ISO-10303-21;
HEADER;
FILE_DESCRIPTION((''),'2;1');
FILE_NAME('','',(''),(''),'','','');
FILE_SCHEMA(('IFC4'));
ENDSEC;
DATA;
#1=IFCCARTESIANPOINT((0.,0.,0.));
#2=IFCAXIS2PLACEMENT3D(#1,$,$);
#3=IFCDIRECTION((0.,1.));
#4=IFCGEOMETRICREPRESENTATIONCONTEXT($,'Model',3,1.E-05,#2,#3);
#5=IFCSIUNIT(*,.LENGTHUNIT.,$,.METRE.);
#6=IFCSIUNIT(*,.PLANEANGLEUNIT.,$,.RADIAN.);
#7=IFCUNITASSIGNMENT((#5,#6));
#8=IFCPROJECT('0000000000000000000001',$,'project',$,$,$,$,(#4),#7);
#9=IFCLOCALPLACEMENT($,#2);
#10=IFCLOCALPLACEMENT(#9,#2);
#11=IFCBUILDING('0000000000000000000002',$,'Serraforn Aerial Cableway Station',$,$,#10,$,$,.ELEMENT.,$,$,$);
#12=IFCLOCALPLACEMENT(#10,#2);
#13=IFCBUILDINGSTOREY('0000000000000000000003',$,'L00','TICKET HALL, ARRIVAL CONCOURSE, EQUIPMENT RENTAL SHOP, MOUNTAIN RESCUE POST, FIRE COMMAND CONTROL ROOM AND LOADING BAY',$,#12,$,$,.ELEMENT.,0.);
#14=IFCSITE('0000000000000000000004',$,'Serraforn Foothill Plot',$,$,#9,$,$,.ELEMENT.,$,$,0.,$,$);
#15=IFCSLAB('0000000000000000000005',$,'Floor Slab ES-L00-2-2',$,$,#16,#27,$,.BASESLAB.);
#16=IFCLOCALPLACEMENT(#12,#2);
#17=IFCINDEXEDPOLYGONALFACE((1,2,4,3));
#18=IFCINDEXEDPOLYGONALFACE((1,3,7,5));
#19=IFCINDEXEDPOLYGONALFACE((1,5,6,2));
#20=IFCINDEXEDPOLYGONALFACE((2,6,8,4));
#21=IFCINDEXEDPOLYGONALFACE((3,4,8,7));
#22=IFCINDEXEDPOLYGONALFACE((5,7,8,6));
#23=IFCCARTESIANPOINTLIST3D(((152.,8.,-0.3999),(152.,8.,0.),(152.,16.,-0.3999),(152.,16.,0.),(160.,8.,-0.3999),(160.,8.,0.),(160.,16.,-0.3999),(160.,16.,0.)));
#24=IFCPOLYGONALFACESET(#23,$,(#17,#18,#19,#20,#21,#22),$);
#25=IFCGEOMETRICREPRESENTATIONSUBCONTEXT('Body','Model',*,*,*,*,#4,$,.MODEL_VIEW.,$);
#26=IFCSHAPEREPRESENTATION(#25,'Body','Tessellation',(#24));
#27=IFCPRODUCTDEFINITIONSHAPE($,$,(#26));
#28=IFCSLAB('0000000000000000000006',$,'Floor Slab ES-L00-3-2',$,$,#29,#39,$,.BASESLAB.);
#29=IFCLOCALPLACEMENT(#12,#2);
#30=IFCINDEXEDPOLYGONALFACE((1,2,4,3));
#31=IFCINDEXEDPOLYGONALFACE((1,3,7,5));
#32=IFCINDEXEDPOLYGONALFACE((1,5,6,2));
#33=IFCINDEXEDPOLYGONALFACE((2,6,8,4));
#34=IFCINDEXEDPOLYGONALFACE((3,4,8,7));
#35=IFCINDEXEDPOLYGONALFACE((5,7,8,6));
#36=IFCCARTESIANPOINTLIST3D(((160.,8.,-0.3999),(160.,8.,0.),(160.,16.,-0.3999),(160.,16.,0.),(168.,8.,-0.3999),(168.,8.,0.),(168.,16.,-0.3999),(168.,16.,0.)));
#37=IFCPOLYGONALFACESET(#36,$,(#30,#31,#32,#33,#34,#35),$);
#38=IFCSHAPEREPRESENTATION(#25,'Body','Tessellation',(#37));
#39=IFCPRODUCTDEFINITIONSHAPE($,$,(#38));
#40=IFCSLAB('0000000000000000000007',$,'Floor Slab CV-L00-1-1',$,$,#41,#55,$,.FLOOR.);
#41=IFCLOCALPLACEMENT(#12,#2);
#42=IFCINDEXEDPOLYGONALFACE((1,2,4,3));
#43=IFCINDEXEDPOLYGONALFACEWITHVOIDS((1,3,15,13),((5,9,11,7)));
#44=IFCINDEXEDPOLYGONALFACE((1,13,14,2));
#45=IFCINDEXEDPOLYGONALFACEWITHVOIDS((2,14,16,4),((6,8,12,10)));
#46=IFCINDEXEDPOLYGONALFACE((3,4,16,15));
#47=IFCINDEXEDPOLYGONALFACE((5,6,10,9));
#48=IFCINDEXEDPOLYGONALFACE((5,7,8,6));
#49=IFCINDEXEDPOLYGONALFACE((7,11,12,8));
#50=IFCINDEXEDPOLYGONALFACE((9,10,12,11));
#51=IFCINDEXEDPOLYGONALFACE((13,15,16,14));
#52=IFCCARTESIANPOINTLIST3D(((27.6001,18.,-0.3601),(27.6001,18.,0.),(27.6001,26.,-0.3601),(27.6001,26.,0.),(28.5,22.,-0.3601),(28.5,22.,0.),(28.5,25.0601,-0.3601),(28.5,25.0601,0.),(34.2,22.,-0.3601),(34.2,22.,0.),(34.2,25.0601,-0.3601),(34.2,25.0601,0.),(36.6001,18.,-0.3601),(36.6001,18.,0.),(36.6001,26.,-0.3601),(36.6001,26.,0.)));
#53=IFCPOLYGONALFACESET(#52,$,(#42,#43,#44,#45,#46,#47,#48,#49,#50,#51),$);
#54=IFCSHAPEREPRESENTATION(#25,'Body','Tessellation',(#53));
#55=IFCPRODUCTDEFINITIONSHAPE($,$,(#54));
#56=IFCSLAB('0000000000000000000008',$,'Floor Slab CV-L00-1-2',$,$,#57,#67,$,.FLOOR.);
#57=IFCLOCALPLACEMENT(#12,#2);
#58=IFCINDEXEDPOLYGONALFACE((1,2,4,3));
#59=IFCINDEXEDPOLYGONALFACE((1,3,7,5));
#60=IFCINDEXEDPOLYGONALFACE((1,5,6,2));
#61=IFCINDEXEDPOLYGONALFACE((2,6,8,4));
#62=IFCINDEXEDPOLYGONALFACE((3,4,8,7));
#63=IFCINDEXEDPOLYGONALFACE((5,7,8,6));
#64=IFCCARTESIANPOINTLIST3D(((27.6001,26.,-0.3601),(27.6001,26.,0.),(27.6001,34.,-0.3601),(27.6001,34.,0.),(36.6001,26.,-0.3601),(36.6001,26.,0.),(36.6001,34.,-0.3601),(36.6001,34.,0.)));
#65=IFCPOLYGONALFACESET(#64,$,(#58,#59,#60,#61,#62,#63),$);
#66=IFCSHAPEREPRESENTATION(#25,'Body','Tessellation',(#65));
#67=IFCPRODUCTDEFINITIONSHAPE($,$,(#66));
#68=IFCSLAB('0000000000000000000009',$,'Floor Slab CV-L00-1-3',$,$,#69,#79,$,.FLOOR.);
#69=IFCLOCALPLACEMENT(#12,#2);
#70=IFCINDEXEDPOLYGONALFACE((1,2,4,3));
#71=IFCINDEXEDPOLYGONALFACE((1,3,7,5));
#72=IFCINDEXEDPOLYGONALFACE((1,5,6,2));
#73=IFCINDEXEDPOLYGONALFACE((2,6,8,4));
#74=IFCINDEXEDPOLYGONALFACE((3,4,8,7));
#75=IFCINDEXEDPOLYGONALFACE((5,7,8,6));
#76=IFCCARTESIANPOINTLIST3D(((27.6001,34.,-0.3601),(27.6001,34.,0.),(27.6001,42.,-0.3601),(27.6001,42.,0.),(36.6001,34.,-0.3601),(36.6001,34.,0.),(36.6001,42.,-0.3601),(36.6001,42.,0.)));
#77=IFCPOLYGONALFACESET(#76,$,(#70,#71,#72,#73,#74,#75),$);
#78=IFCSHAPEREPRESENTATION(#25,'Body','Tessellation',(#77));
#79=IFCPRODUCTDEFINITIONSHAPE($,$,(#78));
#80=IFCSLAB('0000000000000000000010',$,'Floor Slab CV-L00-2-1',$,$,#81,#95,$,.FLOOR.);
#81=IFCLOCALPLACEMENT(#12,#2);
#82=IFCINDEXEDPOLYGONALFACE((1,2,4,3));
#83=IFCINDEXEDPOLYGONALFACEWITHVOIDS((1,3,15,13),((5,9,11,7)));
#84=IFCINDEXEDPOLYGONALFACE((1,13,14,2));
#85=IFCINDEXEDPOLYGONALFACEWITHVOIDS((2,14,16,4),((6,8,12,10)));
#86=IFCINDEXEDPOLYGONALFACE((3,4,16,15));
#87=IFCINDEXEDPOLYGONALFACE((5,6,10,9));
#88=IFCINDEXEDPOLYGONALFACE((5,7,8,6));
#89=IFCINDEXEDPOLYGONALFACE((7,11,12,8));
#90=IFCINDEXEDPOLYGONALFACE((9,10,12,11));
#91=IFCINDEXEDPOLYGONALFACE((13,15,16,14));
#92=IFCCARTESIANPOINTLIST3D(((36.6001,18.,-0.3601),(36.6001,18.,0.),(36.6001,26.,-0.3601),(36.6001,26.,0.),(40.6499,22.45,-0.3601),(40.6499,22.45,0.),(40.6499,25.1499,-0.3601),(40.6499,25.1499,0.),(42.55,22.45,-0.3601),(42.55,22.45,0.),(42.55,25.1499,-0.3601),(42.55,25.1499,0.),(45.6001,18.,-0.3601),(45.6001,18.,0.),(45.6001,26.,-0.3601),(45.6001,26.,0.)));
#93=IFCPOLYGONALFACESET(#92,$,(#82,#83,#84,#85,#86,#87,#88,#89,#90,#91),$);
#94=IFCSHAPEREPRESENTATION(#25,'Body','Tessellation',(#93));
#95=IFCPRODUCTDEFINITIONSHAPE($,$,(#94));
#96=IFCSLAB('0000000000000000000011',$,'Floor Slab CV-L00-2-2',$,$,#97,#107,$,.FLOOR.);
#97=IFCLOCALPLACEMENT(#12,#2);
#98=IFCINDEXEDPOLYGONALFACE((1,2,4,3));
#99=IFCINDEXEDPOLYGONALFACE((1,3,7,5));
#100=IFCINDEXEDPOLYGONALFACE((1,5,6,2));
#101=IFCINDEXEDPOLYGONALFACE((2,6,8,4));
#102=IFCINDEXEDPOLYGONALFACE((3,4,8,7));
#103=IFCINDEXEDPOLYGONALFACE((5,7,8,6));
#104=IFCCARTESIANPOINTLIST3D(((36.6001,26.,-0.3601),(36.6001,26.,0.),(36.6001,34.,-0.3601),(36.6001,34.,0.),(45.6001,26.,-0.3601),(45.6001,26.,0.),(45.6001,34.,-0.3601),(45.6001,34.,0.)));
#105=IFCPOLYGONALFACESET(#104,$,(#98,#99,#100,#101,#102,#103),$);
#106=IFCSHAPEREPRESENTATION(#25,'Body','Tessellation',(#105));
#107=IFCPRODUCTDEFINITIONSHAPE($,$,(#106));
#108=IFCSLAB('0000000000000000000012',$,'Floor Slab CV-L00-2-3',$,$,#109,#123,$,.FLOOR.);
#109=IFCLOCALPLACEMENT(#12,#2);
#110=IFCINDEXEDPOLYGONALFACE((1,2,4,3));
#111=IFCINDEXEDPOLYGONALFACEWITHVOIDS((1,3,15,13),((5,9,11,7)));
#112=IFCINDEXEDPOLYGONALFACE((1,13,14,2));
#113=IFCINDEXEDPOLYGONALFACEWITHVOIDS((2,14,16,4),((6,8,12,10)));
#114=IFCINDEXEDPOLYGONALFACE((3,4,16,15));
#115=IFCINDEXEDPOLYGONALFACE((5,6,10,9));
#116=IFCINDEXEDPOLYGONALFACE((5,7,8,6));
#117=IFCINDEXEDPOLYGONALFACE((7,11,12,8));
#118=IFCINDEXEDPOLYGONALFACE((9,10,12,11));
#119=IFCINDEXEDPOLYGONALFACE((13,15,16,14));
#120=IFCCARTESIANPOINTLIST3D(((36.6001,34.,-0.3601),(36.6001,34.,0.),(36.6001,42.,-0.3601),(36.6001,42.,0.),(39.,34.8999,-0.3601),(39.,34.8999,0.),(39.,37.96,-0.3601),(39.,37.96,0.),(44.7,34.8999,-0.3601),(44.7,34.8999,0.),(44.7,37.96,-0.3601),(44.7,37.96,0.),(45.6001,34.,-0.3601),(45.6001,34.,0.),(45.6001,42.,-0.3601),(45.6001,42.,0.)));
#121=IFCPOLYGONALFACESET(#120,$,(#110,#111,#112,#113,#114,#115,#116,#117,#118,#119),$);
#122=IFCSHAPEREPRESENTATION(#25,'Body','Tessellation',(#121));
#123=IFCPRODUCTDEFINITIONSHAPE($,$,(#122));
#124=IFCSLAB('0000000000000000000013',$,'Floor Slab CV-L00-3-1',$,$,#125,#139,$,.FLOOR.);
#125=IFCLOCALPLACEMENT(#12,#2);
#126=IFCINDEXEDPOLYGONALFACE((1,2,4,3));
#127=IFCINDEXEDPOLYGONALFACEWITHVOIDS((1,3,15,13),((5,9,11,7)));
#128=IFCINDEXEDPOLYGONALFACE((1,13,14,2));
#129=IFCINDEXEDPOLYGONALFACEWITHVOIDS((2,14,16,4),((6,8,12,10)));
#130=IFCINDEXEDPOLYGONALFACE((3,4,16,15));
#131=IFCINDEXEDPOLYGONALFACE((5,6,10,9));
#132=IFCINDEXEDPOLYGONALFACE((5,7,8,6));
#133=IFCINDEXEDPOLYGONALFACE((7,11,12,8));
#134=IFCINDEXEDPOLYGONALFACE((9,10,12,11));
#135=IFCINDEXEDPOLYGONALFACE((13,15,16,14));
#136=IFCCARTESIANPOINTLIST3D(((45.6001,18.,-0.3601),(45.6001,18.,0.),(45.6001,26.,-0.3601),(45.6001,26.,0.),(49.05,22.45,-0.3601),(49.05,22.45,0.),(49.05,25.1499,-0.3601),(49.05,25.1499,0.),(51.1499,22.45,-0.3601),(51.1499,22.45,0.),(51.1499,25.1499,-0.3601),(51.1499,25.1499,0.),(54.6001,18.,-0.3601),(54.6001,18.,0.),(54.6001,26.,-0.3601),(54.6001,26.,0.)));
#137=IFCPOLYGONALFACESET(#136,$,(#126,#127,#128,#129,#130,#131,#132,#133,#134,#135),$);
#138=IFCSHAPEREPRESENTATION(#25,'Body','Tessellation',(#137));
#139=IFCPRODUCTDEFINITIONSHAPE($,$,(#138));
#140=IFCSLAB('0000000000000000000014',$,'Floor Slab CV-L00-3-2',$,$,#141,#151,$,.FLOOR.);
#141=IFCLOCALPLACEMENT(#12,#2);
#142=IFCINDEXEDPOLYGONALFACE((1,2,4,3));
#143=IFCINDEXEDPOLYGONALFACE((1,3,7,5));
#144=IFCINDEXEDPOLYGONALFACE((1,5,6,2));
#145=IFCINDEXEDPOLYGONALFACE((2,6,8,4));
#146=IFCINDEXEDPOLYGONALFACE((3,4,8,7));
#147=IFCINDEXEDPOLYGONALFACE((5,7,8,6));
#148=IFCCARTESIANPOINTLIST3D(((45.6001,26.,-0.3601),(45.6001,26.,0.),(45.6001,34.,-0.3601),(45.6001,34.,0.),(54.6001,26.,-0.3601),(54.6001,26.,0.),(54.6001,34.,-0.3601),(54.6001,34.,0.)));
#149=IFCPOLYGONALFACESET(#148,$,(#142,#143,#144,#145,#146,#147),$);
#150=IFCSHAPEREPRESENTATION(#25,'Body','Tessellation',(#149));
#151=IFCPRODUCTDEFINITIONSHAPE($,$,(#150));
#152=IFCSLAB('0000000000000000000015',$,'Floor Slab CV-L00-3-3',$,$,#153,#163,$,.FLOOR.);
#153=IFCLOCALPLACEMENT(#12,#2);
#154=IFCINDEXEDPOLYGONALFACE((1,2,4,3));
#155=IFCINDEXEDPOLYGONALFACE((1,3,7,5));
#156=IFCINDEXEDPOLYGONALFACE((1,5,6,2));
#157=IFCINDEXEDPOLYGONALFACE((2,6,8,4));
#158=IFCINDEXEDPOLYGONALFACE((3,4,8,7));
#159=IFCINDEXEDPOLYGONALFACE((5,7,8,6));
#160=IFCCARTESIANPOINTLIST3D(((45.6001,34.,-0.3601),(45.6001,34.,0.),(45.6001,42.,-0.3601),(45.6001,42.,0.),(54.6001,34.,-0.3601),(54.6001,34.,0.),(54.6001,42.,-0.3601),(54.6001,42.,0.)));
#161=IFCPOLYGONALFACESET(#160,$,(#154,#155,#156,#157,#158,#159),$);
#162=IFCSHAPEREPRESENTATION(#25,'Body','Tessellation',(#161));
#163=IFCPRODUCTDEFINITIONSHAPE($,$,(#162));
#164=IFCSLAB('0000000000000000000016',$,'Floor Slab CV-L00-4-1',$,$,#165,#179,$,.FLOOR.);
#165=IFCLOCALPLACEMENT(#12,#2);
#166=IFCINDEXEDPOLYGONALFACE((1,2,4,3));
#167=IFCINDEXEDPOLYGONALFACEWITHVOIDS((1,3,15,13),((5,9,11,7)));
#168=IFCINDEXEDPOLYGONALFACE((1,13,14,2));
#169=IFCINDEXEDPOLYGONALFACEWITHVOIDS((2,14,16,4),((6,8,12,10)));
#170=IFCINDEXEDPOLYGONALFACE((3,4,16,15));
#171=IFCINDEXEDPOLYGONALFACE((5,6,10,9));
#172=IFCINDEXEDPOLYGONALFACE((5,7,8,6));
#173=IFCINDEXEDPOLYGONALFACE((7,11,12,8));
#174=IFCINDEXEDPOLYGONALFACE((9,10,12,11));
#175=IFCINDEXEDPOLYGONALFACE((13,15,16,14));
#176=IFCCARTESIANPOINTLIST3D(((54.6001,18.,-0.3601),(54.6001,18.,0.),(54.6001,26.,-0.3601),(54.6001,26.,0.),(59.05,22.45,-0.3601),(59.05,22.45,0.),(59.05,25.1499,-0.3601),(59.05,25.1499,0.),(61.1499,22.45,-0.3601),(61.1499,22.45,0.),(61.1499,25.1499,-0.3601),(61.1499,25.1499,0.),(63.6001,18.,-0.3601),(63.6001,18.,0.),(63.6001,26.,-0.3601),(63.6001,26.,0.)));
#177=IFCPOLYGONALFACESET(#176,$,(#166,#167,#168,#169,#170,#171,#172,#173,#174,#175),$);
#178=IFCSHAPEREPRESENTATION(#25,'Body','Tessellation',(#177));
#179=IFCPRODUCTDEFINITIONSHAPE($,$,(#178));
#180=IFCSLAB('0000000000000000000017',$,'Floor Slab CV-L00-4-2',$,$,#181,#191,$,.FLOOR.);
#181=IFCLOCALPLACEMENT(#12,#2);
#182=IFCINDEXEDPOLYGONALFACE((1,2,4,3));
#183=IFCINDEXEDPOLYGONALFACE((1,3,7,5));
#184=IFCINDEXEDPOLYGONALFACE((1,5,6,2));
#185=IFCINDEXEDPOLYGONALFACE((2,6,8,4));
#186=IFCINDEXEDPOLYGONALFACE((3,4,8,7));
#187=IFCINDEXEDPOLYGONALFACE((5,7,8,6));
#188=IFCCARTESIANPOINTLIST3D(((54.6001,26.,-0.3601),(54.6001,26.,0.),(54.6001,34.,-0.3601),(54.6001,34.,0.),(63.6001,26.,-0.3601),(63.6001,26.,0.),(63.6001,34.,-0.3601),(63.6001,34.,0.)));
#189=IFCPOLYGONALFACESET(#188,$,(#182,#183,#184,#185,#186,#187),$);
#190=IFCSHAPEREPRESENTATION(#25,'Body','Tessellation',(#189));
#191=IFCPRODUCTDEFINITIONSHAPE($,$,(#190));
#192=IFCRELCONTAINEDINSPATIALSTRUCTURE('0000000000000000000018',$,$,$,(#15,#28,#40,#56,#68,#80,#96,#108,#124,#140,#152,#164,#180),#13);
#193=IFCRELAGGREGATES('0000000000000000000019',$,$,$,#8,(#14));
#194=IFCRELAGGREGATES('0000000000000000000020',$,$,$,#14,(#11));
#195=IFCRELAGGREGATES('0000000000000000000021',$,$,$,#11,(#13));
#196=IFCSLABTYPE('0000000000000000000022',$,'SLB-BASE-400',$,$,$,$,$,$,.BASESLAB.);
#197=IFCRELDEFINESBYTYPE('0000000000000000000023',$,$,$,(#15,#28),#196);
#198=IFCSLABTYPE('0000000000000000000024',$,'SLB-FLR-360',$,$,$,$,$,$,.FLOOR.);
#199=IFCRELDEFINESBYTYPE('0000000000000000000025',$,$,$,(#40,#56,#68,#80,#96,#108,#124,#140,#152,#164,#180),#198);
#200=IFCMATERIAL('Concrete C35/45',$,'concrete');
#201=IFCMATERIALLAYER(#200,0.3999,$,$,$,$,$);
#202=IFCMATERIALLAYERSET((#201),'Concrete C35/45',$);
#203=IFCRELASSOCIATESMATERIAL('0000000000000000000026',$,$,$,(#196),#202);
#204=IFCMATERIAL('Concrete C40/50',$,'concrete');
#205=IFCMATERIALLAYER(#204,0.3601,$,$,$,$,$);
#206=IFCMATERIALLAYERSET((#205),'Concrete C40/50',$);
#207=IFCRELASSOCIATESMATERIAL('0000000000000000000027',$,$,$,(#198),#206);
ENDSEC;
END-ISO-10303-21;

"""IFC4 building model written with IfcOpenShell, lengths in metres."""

from ifc_helpers import new_model, si_unit, direction, frame, origin, place, context, subcontext, project, spatial, polyline, outline, extrude, material, layer, layer_set, type_object, element, save


model = new_model("IFC4")

# Units and contexts
model_context = context("Model", 3, precision=1e-05, world=origin(), true_north=direction((0.0, 1.0)))
body_context = subcontext(model_context, "Body", "Model", "MODEL_VIEW")
ifc_project = project(units=[si_unit("LENGTHUNIT", "METRE"), si_unit("PLANEANGLEUNIT", "RADIAN")], contexts=[model_context])

# Site, building, storey
site_placement = place(None, origin())
site = spatial("IfcSite", under=ifc_project, at=site_placement, Name="Serraforn Foothill Plot", CompositionType="ELEMENT", RefElevation=0.0)
building_placement = place(site_placement, origin())
building = spatial("IfcBuilding", under=site, at=building_placement, Name="Serraforn Aerial Cableway Station", CompositionType="ELEMENT")
storey_placement = place(building_placement, origin())
storey = spatial("IfcBuildingStorey", under=building, at=storey_placement, Name="L00", Description="TICKET HALL, ARRIVAL CONCOURSE, EQUIPMENT RENTAL SHOP, MOUNTAIN RESCUE POST, FIRE COMMAND CONTROL ROOM AND LOADING BAY", CompositionType="ELEMENT", Elevation=0.0)

# Slabs
ifc_material_1 = material(Name="Concrete C35/45", Category="concrete")
ifc_layer_1 = layer(ifc_material_1, 0.3999)
ifc_layer_set_1 = layer_set([ifc_layer_1], Name="Concrete C35/45")
slab_type_1 = type_object("IfcSlabType", Name="SLB-BASE-400", PredefinedType="BASESLAB", material=ifc_layer_set_1)
slab_1_placement = place(storey_placement, frame((0.0, 0.0, -0.3999)))
element("IfcSlab", 1, at=slab_1_placement, inside=storey, type_object=slab_type_1, Name="Floor Slab ES-L00-2-2", PredefinedType="BASESLAB", context=body_context, shape_type="SweptSolid", body=[
    extrude(outline(polyline([(152.0, 8.0), (160.0, 8.0), (160.0, 16.0), (152.0, 16.0), (152.0, 8.0)])), origin(), (0.0, 0.0, 1.0), 0.3999),
])
slab_2_placement = place(storey_placement, frame((0.0, 0.0, -0.3999)))
element("IfcSlab", 2, at=slab_2_placement, inside=storey, type_object=slab_type_1, Name="Floor Slab ES-L00-3-2", PredefinedType="BASESLAB", context=body_context, shape_type="SweptSolid", body=[
    extrude(outline(polyline([(160.0, 8.0), (168.0, 8.0), (168.0, 16.0), (160.0, 16.0), (160.0, 8.0)])), origin(), (0.0, 0.0, 1.0), 0.3999),
])
ifc_material_2 = material(Name="Concrete C40/50", Category="concrete")
ifc_layer_2 = layer(ifc_material_2, 0.3601)
ifc_layer_set_2 = layer_set([ifc_layer_2], Name="Concrete C40/50")
slab_type_2 = type_object("IfcSlabType", Name="SLB-FLR-360", PredefinedType="FLOOR", material=ifc_layer_set_2)
slab_3_placement = place(storey_placement, frame((0.0, 0.0, -0.3601)))
element("IfcSlab", 3, at=slab_3_placement, inside=storey, type_object=slab_type_2, Name="Floor Slab CV-L00-1-1", PredefinedType="FLOOR", context=body_context, shape_type="SweptSolid", body=[
    extrude(outline(polyline([(27.6001, 18.0), (36.6001, 18.0), (36.6001, 26.0), (27.6001, 26.0), (27.6001, 18.0)]), holes=[polyline([(34.2, 25.0601), (28.5, 25.0601), (28.5, 22.0), (34.2, 22.0), (34.2, 25.0601)])]), origin(), (0.0, 0.0, 1.0), 0.3601),
])
slab_4_placement = place(storey_placement, frame((0.0, 0.0, -0.3601)))
element("IfcSlab", 4, at=slab_4_placement, inside=storey, type_object=slab_type_2, Name="Floor Slab CV-L00-1-2", PredefinedType="FLOOR", context=body_context, shape_type="SweptSolid", body=[
    extrude(outline(polyline([(27.6001, 26.0), (36.6001, 26.0), (36.6001, 34.0), (27.6001, 34.0), (27.6001, 26.0)])), origin(), (0.0, 0.0, 1.0), 0.3601),
])
slab_5_placement = place(storey_placement, frame((0.0, 0.0, -0.3601)))
element("IfcSlab", 5, at=slab_5_placement, inside=storey, type_object=slab_type_2, Name="Floor Slab CV-L00-1-3", PredefinedType="FLOOR", context=body_context, shape_type="SweptSolid", body=[
    extrude(outline(polyline([(27.6001, 34.0), (36.6001, 34.0), (36.6001, 42.0), (27.6001, 42.0), (27.6001, 34.0)])), origin(), (0.0, 0.0, 1.0), 0.3601),
])
slab_6_placement = place(storey_placement, frame((0.0, 0.0, -0.3601)))
element("IfcSlab", 6, at=slab_6_placement, inside=storey, type_object=slab_type_2, Name="Floor Slab CV-L00-2-1", PredefinedType="FLOOR", context=body_context, shape_type="SweptSolid", body=[
    extrude(outline(polyline([(36.6001, 18.0), (45.6001, 18.0), (45.6001, 26.0), (36.6001, 26.0), (36.6001, 18.0)]), holes=[polyline([(40.6499, 22.45), (42.55, 22.45), (42.55, 25.1499), (40.6499, 25.1499), (40.6499, 22.45)])]), origin(), (0.0, 0.0, 1.0), 0.3601),
])
slab_7_placement = place(storey_placement, frame((0.0, 0.0, -0.3601)))
element("IfcSlab", 7, at=slab_7_placement, inside=storey, type_object=slab_type_2, Name="Floor Slab CV-L00-2-2", PredefinedType="FLOOR", context=body_context, shape_type="SweptSolid", body=[
    extrude(outline(polyline([(36.6001, 26.0), (45.6001, 26.0), (45.6001, 34.0), (36.6001, 34.0), (36.6001, 26.0)])), origin(), (0.0, 0.0, 1.0), 0.3601),
])
slab_8_placement = place(storey_placement, frame((0.0, 0.0, -0.3601)))
element("IfcSlab", 8, at=slab_8_placement, inside=storey, type_object=slab_type_2, Name="Floor Slab CV-L00-2-3", PredefinedType="FLOOR", context=body_context, shape_type="SweptSolid", body=[
    extrude(outline(polyline([(36.6001, 34.0), (45.6001, 34.0), (45.6001, 42.0), (36.6001, 42.0), (36.6001, 34.0)]), holes=[polyline([(39.0, 34.8999), (44.7, 34.8999), (44.7, 37.96), (39.0, 37.96), (39.0, 34.8999)])]), origin(), (0.0, 0.0, 1.0), 0.3601),
])
slab_9_placement = place(storey_placement, frame((0.0, 0.0, -0.3601)))
element("IfcSlab", 9, at=slab_9_placement, inside=storey, type_object=slab_type_2, Name="Floor Slab CV-L00-3-1", PredefinedType="FLOOR", context=body_context, shape_type="SweptSolid", body=[
    extrude(outline(polyline([(45.6001, 18.0), (54.6001, 18.0), (54.6001, 26.0), (45.6001, 26.0), (45.6001, 18.0)]), holes=[polyline([(49.05, 22.45), (51.1499, 22.45), (51.1499, 25.1499), (49.05, 25.1499), (49.05, 22.45)])]), origin(), (0.0, 0.0, 1.0), 0.3601),
])
slab_10_placement = place(storey_placement, frame((0.0, 0.0, -0.3601)))
element("IfcSlab", 10, at=slab_10_placement, inside=storey, type_object=slab_type_2, Name="Floor Slab CV-L00-3-2", PredefinedType="FLOOR", context=body_context, shape_type="SweptSolid", body=[
    extrude(outline(polyline([(45.6001, 26.0), (54.6001, 26.0), (54.6001, 34.0), (45.6001, 34.0), (45.6001, 26.0)])), origin(), (0.0, 0.0, 1.0), 0.3601),
])
slab_11_placement = place(storey_placement, frame((0.0, 0.0, -0.3601)))
element("IfcSlab", 11, at=slab_11_placement, inside=storey, type_object=slab_type_2, Name="Floor Slab CV-L00-3-3", PredefinedType="FLOOR", context=body_context, shape_type="SweptSolid", body=[
    extrude(outline(polyline([(45.6001, 34.0), (54.6001, 34.0), (54.6001, 42.0), (45.6001, 42.0), (45.6001, 34.0)])), origin(), (0.0, 0.0, 1.0), 0.3601),
])
slab_12_placement = place(storey_placement, frame((0.0, 0.0, -0.3601)))
element("IfcSlab", 12, at=slab_12_placement, inside=storey, type_object=slab_type_2, Name="Floor Slab CV-L00-4-1", PredefinedType="FLOOR", context=body_context, shape_type="SweptSolid", body=[
    extrude(outline(polyline([(54.6001, 18.0), (63.6001, 18.0), (63.6001, 26.0), (54.6001, 26.0), (54.6001, 18.0)]), holes=[polyline([(59.05, 22.45), (61.1499, 22.45), (61.1499, 25.1499), (59.05, 25.1499), (59.05, 22.45)])]), origin(), (0.0, 0.0, 1.0), 0.3601),
])
slab_13_placement = place(storey_placement, frame((0.0, 0.0, -0.3601)))
element("IfcSlab", 13, at=slab_13_placement, inside=storey, type_object=slab_type_2, Name="Floor Slab CV-L00-4-2", PredefinedType="FLOOR", context=body_context, shape_type="SweptSolid", body=[
    extrude(outline(polyline([(54.6001, 26.0), (63.6001, 26.0), (63.6001, 34.0), (54.6001, 34.0), (54.6001, 26.0)])), origin(), (0.0, 0.0, 1.0), 0.3601),
])

save(model, "model.ifc")
